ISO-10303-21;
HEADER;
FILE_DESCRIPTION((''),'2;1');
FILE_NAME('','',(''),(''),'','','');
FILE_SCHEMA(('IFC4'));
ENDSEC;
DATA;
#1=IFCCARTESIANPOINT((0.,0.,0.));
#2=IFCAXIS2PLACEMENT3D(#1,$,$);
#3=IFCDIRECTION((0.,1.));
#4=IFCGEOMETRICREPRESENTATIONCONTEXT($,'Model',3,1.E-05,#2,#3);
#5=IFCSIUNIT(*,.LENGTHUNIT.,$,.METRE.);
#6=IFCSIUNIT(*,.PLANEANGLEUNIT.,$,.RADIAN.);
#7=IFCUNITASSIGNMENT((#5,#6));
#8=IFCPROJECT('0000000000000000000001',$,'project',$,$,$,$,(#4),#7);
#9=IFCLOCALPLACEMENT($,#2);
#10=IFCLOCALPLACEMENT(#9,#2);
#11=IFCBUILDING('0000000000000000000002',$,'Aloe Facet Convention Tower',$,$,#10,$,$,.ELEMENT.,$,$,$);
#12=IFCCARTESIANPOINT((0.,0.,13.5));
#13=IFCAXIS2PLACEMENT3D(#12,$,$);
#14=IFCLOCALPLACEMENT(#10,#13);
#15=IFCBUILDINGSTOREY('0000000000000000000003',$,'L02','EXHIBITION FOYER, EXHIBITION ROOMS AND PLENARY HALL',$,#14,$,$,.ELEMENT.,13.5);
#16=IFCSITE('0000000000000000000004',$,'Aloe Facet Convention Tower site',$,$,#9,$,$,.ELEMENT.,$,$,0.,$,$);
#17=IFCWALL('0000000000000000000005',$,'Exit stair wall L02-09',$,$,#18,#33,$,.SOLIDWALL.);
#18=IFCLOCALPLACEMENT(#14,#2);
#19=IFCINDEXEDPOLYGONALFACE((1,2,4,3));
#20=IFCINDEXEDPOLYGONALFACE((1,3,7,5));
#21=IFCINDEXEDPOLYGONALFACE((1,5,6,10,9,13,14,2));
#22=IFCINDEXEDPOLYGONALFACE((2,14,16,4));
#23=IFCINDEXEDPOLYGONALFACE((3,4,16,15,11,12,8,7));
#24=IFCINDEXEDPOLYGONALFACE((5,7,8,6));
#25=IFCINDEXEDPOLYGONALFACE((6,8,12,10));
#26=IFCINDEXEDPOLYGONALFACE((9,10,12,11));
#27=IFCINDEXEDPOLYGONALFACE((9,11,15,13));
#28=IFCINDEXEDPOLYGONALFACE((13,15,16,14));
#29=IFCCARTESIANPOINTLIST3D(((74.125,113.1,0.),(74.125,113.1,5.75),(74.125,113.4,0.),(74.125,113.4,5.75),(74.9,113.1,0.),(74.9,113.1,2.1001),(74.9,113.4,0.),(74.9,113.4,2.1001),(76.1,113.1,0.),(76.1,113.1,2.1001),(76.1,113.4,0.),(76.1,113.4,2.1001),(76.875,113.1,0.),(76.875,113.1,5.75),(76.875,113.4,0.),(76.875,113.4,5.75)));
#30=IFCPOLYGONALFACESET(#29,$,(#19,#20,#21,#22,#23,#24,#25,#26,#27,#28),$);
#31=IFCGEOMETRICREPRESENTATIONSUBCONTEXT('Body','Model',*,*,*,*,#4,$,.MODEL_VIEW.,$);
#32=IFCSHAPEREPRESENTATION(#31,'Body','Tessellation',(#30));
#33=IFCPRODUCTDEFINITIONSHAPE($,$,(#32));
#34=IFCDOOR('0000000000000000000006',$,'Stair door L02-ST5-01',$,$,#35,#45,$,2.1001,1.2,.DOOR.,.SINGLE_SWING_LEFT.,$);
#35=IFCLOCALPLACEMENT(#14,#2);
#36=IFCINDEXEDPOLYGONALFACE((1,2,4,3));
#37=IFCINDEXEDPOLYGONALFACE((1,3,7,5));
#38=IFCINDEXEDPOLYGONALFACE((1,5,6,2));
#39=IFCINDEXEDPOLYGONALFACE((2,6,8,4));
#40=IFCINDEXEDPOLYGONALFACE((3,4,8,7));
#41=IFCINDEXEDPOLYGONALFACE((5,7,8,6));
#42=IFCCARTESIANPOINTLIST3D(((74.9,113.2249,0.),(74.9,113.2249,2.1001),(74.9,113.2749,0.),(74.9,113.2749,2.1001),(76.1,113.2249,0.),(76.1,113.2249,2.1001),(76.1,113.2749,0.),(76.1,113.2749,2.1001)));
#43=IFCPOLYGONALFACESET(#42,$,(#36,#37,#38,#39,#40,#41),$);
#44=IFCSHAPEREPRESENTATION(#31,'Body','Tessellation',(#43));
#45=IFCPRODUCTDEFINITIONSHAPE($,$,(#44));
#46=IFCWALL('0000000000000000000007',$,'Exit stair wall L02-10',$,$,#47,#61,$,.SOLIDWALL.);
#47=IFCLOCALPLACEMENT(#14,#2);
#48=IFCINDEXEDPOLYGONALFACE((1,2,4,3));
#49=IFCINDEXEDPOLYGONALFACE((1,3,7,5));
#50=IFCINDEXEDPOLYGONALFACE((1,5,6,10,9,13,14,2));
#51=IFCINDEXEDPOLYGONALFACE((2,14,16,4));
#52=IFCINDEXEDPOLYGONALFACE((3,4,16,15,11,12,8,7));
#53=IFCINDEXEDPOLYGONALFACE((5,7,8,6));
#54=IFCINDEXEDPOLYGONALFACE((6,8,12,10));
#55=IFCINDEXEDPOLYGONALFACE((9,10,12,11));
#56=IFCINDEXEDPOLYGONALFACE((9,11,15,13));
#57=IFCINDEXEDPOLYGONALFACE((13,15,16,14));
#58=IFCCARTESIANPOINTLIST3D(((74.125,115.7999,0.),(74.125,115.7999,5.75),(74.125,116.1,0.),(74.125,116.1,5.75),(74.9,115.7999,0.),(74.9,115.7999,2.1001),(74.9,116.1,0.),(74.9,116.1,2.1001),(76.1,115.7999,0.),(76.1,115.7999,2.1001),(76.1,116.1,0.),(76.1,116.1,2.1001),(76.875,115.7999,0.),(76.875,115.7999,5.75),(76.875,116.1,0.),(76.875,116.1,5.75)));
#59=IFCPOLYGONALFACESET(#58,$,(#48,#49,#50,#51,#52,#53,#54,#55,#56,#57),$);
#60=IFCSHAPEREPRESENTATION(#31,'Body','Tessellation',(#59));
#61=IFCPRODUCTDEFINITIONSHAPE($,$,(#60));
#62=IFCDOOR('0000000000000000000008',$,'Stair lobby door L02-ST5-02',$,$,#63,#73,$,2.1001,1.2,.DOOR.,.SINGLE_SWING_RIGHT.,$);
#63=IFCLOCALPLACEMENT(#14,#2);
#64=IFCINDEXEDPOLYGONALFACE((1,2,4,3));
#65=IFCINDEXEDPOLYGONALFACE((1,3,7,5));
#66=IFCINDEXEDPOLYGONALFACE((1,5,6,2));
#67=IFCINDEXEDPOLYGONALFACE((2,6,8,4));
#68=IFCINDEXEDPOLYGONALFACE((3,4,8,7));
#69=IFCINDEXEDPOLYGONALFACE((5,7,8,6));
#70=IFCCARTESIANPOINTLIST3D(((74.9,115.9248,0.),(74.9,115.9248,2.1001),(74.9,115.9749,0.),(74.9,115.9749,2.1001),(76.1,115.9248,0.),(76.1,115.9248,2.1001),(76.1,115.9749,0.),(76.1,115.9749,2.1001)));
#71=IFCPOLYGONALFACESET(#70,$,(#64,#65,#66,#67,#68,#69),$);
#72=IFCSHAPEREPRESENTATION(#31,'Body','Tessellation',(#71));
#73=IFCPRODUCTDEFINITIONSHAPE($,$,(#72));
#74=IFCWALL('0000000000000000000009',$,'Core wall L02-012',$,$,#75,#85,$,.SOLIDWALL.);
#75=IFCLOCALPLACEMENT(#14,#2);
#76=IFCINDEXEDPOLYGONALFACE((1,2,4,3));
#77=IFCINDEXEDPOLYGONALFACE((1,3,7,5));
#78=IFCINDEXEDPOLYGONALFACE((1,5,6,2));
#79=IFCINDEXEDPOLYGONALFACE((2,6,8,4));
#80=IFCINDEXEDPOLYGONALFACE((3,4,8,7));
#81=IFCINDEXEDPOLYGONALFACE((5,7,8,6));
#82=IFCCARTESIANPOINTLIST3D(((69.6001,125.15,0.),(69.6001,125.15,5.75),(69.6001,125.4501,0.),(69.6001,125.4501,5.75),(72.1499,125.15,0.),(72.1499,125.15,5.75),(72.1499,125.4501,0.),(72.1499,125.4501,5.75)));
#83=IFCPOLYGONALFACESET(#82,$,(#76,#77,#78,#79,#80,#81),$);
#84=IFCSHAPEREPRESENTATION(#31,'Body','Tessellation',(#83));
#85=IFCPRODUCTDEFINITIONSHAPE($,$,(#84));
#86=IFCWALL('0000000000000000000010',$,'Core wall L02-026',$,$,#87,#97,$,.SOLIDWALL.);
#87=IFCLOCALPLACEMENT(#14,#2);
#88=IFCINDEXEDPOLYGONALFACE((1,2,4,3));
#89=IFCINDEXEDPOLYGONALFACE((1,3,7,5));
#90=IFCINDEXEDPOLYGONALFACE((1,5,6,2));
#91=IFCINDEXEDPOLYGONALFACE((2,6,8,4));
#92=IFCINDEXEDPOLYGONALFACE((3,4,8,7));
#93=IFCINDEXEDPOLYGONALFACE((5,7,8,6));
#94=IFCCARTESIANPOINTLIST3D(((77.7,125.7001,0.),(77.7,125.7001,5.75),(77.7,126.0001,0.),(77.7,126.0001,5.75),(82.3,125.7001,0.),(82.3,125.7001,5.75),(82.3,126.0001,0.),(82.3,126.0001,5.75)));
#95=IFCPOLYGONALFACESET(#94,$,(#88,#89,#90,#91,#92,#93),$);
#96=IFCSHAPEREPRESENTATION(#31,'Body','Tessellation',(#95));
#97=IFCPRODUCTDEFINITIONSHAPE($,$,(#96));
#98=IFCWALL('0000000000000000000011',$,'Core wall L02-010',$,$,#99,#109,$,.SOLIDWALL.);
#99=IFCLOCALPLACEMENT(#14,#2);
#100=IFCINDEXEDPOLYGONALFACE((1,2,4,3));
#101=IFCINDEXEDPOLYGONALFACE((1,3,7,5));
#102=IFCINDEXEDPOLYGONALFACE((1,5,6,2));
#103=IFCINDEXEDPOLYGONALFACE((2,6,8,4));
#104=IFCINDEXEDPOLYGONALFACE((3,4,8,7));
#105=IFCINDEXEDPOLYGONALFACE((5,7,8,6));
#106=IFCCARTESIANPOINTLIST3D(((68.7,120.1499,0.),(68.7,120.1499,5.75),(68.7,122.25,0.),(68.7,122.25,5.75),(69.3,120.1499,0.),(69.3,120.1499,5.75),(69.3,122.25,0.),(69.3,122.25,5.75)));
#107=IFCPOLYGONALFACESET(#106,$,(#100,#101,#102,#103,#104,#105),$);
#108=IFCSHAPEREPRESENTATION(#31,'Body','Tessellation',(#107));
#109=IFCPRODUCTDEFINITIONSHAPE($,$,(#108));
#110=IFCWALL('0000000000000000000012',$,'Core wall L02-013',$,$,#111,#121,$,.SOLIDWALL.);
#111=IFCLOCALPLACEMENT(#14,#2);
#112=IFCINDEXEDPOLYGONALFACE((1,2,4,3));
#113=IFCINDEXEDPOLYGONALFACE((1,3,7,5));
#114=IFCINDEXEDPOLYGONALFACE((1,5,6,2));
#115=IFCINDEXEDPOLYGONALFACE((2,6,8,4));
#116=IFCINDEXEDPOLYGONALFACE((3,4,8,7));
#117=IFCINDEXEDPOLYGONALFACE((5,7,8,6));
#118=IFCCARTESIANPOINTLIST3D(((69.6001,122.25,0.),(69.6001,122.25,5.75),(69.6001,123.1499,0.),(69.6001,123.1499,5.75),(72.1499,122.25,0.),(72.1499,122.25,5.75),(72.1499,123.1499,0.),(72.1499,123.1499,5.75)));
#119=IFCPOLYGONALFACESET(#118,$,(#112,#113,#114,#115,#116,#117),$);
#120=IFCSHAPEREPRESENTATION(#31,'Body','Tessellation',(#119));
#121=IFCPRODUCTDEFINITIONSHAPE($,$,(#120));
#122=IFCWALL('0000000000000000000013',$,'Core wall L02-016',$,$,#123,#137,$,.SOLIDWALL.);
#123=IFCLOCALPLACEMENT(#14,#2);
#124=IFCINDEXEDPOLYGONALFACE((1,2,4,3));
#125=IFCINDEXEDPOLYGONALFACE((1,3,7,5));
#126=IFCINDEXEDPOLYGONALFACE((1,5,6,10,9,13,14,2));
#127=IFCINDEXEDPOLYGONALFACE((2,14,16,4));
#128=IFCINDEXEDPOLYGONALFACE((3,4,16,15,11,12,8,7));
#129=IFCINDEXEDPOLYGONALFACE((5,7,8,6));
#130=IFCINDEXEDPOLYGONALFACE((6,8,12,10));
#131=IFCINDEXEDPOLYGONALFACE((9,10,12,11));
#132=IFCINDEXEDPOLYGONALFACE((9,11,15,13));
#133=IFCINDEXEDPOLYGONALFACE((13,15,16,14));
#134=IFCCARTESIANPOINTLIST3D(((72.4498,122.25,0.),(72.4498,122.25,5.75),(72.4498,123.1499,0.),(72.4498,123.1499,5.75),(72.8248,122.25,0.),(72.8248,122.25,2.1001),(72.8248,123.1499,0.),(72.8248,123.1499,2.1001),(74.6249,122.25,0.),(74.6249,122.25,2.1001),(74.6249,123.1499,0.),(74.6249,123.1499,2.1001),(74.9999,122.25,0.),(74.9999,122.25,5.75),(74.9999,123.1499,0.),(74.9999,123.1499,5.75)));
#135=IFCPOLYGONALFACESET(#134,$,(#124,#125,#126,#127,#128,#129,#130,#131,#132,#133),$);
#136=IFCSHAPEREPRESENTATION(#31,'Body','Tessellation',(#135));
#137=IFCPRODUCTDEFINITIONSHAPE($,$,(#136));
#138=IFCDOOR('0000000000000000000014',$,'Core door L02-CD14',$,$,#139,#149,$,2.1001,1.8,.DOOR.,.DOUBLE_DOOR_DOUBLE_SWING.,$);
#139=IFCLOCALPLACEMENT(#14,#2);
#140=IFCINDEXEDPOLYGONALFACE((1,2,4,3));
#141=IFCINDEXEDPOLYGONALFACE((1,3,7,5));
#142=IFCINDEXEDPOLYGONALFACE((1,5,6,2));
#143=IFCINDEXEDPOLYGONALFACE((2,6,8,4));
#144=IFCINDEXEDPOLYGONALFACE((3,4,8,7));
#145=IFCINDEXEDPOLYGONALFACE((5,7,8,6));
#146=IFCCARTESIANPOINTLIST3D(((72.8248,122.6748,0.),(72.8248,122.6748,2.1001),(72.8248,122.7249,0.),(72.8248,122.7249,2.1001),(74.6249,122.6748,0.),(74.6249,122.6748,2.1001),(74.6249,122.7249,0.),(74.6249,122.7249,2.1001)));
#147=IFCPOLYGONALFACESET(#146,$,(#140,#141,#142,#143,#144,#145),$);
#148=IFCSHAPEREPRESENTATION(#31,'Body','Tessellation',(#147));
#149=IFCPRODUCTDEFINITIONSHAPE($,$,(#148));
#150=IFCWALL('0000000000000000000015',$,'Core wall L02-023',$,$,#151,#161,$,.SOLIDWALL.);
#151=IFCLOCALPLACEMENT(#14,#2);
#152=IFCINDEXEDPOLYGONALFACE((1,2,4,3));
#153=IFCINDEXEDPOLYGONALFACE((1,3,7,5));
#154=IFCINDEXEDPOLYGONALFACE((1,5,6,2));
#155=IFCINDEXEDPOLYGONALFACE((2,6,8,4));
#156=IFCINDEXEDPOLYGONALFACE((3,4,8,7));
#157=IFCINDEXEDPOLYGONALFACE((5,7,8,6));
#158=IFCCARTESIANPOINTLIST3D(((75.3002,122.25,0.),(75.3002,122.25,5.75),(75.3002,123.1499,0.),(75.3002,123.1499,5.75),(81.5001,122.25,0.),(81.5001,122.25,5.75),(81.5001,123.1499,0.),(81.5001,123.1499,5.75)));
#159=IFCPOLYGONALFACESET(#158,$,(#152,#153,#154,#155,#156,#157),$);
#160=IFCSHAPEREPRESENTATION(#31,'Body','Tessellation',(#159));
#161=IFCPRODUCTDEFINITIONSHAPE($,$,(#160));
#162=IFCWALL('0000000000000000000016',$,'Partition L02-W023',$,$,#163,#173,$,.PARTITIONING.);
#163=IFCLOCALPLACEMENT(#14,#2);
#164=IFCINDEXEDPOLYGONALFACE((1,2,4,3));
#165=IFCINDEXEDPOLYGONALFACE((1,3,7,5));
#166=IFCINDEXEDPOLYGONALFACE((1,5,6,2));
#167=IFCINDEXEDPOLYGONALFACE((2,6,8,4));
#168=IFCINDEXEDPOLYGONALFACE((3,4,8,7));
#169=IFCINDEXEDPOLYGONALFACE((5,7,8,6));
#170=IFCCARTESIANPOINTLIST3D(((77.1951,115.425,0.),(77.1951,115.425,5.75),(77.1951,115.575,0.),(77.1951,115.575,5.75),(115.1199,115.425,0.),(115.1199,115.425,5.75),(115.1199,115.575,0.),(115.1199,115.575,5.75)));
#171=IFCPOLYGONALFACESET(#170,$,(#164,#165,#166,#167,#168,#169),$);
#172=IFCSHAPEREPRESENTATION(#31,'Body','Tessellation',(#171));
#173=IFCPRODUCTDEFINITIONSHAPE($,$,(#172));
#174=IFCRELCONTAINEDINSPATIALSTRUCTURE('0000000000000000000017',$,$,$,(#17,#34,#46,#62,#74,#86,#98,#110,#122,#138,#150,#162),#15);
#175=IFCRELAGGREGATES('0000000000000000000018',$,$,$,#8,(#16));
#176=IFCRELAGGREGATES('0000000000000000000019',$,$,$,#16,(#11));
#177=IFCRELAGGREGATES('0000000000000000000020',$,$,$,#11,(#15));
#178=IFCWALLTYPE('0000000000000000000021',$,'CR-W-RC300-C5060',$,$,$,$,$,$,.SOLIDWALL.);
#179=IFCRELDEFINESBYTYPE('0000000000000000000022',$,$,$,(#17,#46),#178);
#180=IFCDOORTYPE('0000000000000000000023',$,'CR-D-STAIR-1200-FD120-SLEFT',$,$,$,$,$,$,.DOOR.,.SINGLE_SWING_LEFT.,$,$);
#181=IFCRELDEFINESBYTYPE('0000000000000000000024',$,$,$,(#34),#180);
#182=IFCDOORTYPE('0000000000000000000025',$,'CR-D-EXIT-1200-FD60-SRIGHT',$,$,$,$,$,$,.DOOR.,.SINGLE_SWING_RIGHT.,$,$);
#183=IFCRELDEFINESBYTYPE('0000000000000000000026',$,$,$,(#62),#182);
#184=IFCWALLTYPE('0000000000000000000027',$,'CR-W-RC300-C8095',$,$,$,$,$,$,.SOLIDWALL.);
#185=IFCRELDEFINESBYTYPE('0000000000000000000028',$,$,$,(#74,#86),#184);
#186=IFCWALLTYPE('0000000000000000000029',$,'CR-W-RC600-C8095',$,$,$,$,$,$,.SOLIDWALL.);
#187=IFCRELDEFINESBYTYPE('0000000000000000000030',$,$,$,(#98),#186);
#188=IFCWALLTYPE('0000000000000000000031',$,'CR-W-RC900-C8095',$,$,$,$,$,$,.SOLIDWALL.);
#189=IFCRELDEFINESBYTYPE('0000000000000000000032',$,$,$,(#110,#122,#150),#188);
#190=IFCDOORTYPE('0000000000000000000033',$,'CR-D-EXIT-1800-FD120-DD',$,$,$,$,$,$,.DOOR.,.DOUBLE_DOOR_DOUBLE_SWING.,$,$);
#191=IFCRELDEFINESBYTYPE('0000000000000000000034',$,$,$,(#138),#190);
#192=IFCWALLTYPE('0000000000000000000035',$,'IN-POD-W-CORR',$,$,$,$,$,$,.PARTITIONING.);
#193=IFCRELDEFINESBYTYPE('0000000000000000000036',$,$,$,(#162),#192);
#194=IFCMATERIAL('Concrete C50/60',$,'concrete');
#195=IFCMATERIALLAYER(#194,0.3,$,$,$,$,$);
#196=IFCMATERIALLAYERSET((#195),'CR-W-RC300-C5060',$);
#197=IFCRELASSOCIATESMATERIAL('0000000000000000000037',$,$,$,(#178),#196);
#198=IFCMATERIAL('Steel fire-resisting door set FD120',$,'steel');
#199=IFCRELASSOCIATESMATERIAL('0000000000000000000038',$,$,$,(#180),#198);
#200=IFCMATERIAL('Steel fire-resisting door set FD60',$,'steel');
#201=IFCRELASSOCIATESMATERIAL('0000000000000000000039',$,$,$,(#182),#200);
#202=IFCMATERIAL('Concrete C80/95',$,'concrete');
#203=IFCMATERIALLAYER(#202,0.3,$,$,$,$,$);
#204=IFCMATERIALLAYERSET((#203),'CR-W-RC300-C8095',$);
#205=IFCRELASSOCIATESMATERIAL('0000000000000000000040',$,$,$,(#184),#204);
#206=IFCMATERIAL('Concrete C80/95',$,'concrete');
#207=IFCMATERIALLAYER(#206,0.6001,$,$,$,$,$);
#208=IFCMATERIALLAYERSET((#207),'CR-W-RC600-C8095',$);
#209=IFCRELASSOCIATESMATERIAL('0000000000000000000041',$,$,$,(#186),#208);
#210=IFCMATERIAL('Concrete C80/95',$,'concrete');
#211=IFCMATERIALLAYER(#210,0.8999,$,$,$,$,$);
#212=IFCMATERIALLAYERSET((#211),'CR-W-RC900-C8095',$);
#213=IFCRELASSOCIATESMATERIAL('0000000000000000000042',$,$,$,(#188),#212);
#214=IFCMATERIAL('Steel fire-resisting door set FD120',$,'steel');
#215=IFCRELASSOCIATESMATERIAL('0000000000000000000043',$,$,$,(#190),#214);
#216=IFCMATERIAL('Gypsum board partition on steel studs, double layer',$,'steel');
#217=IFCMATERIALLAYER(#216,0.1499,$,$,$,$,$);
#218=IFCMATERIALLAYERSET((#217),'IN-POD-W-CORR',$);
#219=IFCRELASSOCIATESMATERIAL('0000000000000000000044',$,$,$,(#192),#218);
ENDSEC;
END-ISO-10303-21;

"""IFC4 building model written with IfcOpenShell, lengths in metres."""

from ifc_helpers import new_model, si_unit, direction, frame, frame_2d, origin, place, context, subcontext, project, spatial, rectangle, extrude, material, layer, layer_set, type_object, element, fill, save


model = new_model("IFC4")

# Units and contexts
model_context = context("Model", 3, precision=1e-05, world=origin(), true_north=direction((0.0, 1.0)))
body_context = subcontext(model_context, "Body", "Model", "MODEL_VIEW")
ifc_project = project(units=[si_unit("LENGTHUNIT", "METRE"), si_unit("PLANEANGLEUNIT", "RADIAN")], contexts=[model_context])

# Site, building, storey
site_placement = place(None, origin())
site = spatial("IfcSite", under=ifc_project, at=site_placement, Name="Aloe Facet Convention Tower site", CompositionType="ELEMENT", RefElevation=0.0)
building_placement = place(site_placement, origin())
building = spatial("IfcBuilding", under=site, at=building_placement, Name="Aloe Facet Convention Tower", CompositionType="ELEMENT")
storey_placement = place(building_placement, frame((0.0, 0.0, 13.5)))
storey = spatial("IfcBuildingStorey", under=building, at=storey_placement, Name="L02", Description="EXHIBITION FOYER, EXHIBITION ROOMS AND PLENARY HALL", CompositionType="ELEMENT", Elevation=13.5)

# Walls, openings, doors
ifc_material_1 = material(Name="Concrete C50/60", Category="concrete")
ifc_layer_1 = layer(ifc_material_1, 0.3)
ifc_layer_set_1 = layer_set([ifc_layer_1], Name="CR-W-RC300-C5060")
wall_type_1 = type_object("IfcWallType", Name="CR-W-RC300-C5060", PredefinedType="SOLIDWALL", material=ifc_layer_set_1)
wall_1_placement = place(storey_placement, frame((74.125, 113.25, 0.0), z_axis=(0.0, 0.0, 1.0), x_axis=(1.0, 0.0, 0.0)))
wall_1 = element("IfcWall", 1, at=wall_1_placement, inside=storey, type_object=wall_type_1, Name="Exit stair wall L02-09", PredefinedType="SOLIDWALL", context=body_context, shape_type="SweptSolid", body=[
    extrude(rectangle(XDim=2.75, YDim=0.3, at=frame_2d((1.375, 0.0))), origin(), (0.0, 0.0, 1.0), 5.75),
])
opening_1_placement = place(wall_1_placement, frame((0.7749, 0.0, 0.0)))
opening_1 = element("IfcOpeningElement", 2, at=opening_1_placement, cuts=wall_1, PredefinedType="OPENING", context=body_context, shape_type="SweptSolid", body=[
    extrude(rectangle(XDim=1.2, YDim=2.1001, at=frame_2d((0.6001, 1.05))), frame((0.0, 0.1602, 0.0), z_axis=(0.0, -1.0, 0.0), x_axis=(1.0, 0.0, 0.0)), (0.0, 0.0, 1.0), 0.3201),
])
ifc_material_2 = material(Name="Steel fire-resisting door set FD120", Category="steel")
door_type_1 = type_object("IfcDoorType", Name="CR-D-STAIR-1200-FD120-SLEFT", OperationType="SINGLE_SWING_LEFT", PredefinedType="DOOR", material=ifc_material_2)
door_1_placement = place(opening_1_placement, origin())
door_1 = element("IfcDoor", 3, at=door_1_placement, inside=storey, type_object=door_type_1, Name="Stair door L02-ST5-01", OperationType="SINGLE_SWING_LEFT", OverallHeight=2.1001, OverallWidth=1.2, PredefinedType="DOOR", context=body_context, shape_type="SweptSolid", body=[
    extrude(rectangle(XDim=1.2, YDim=2.1001, at=frame_2d((0.6001, 1.05))), frame((0.0, 0.0249, 0.0), z_axis=(0.0, -1.0, 0.0), x_axis=(1.0, 0.0, 0.0)), (0.0, 0.0, 1.0), 0.05),
])
fill(opening_1, door_1)
wall_2_placement = place(storey_placement, frame((74.125, 115.95, 0.0), z_axis=(0.0, 0.0, 1.0), x_axis=(1.0, 0.0, 0.0)))
wall_2 = element("IfcWall", 4, at=wall_2_placement, inside=storey, type_object=wall_type_1, Name="Exit stair wall L02-10", PredefinedType="SOLIDWALL", context=body_context, shape_type="SweptSolid", body=[
    extrude(rectangle(XDim=2.75, YDim=0.3, at=frame_2d((1.375, 0.0))), origin(), (0.0, 0.0, 1.0), 5.75),
])
opening_2_placement = place(wall_2_placement, frame((0.7749, 0.0, 0.0)))
opening_2 = element("IfcOpeningElement", 5, at=opening_2_placement, cuts=wall_2, PredefinedType="OPENING", context=body_context, shape_type="SweptSolid", body=[
    extrude(rectangle(XDim=1.2, YDim=2.1001, at=frame_2d((0.6001, 1.05))), frame((0.0, 0.1602, 0.0), z_axis=(0.0, -1.0, 0.0), x_axis=(1.0, 0.0, 0.0)), (0.0, 0.0, 1.0), 0.3201),
])
ifc_material_3 = material(Name="Steel fire-resisting door set FD60", Category="steel")
door_type_2 = type_object("IfcDoorType", Name="CR-D-EXIT-1200-FD60-SRIGHT", OperationType="SINGLE_SWING_RIGHT", PredefinedType="DOOR", material=ifc_material_3)
door_2_placement = place(opening_2_placement, origin())
door_2 = element("IfcDoor", 6, at=door_2_placement, inside=storey, type_object=door_type_2, Name="Stair lobby door L02-ST5-02", OperationType="SINGLE_SWING_RIGHT", OverallHeight=2.1001, OverallWidth=1.2, PredefinedType="DOOR", context=body_context, shape_type="SweptSolid", body=[
    extrude(rectangle(XDim=1.2, YDim=2.1001, at=frame_2d((0.6001, 1.05))), frame((0.0, 0.0249, 0.0), z_axis=(0.0, -1.0, 0.0), x_axis=(1.0, 0.0, 0.0)), (0.0, 0.0, 1.0), 0.05),
])
fill(opening_2, door_2)

# Walls
ifc_material_4 = material(Name="Concrete C80/95", Category="concrete")
ifc_layer_2 = layer(ifc_material_4, 0.3)
ifc_layer_set_2 = layer_set([ifc_layer_2], Name="CR-W-RC300-C8095")
wall_type_2 = type_object("IfcWallType", Name="CR-W-RC300-C8095", PredefinedType="SOLIDWALL", material=ifc_layer_set_2)
wall_3_placement = place(storey_placement, frame((69.6001, 125.3, 0.0), z_axis=(0.0, 0.0, 1.0), x_axis=(1.0, 0.0, 0.0)))
element("IfcWall", 7, at=wall_3_placement, inside=storey, type_object=wall_type_2, Name="Core wall L02-012", PredefinedType="SOLIDWALL", context=body_context, shape_type="SweptSolid", body=[
    extrude(rectangle(XDim=2.5498, YDim=0.3, at=frame_2d((1.2749, 0.0))), origin(), (0.0, 0.0, 1.0), 5.75),
])
wall_4_placement = place(storey_placement, frame((77.7, 125.8501, 0.0), z_axis=(0.0, 0.0, 1.0), x_axis=(1.0, 0.0, 0.0)))
element("IfcWall", 8, at=wall_4_placement, inside=storey, type_object=wall_type_2, Name="Core wall L02-026", PredefinedType="SOLIDWALL", context=body_context, shape_type="SweptSolid", body=[
    extrude(rectangle(XDim=4.6001, YDim=0.3, at=frame_2d((2.3, 0.0))), origin(), (0.0, 0.0, 1.0), 5.75),
])
ifc_material_5 = material(Name="Concrete C80/95", Category="concrete")
ifc_layer_3 = layer(ifc_material_5, 0.6001)
ifc_layer_set_3 = layer_set([ifc_layer_3], Name="CR-W-RC600-C8095")
wall_type_3 = type_object("IfcWallType", Name="CR-W-RC600-C8095", PredefinedType="SOLIDWALL", material=ifc_layer_set_3)
wall_5_placement = place(storey_placement, frame((69.0, 122.25, 0.0), z_axis=(0.0, 0.0, 1.0), x_axis=(0.0, -1.0, 0.0)))
element("IfcWall", 9, at=wall_5_placement, inside=storey, type_object=wall_type_3, Name="Core wall L02-010", PredefinedType="SOLIDWALL", context=body_context, shape_type="SweptSolid", body=[
    extrude(rectangle(XDim=2.1001, YDim=0.6001, at=frame_2d((1.05, 0.0))), origin(), (0.0, 0.0, 1.0), 5.75),
])
ifc_material_6 = material(Name="Concrete C80/95", Category="concrete")
ifc_layer_4 = layer(ifc_material_6, 0.8999)
ifc_layer_set_4 = layer_set([ifc_layer_4], Name="CR-W-RC900-C8095")
wall_type_4 = type_object("IfcWallType", Name="CR-W-RC900-C8095", PredefinedType="SOLIDWALL", material=ifc_layer_set_4)
wall_6_placement = place(storey_placement, frame((69.6001, 122.7, 0.0), z_axis=(0.0, 0.0, 1.0), x_axis=(1.0, 0.0, 0.0)))
element("IfcWall", 10, at=wall_6_placement, inside=storey, type_object=wall_type_4, Name="Core wall L02-013", PredefinedType="SOLIDWALL", context=body_context, shape_type="SweptSolid", body=[
    extrude(rectangle(XDim=2.5498, YDim=0.8999, at=frame_2d((1.2749, 0.0))), origin(), (0.0, 0.0, 1.0), 5.75),
])

# Wall, opening, door
wall_7_placement = place(storey_placement, frame((72.45, 122.7, 0.0), z_axis=(0.0, 0.0, 1.0), x_axis=(1.0, 0.0, 0.0)))
wall_7 = element("IfcWall", 11, at=wall_7_placement, inside=storey, type_object=wall_type_4, Name="Core wall L02-016", PredefinedType="SOLIDWALL", context=body_context, shape_type="SweptSolid", body=[
    extrude(rectangle(XDim=2.55, YDim=0.8999, at=frame_2d((1.2749, 0.0))), origin(), (0.0, 0.0, 1.0), 5.75),
])
opening_3_placement = place(wall_7_placement, frame((0.375, 0.0, 0.0)))
opening_3 = element("IfcOpeningElement", 12, at=opening_3_placement, cuts=wall_7, PredefinedType="OPENING", context=body_context, shape_type="SweptSolid", body=[
    extrude(rectangle(XDim=1.8, YDim=2.1001, at=frame_2d((0.8999, 1.05))), frame((0.0, 0.46, 0.0), z_axis=(0.0, -1.0, 0.0), x_axis=(1.0, 0.0, 0.0)), (0.0, 0.0, 1.0), 0.9199),
])
ifc_material_7 = material(Name="Steel fire-resisting door set FD120", Category="steel")
door_type_3 = type_object("IfcDoorType", Name="CR-D-EXIT-1800-FD120-DD", OperationType="DOUBLE_DOOR_DOUBLE_SWING", PredefinedType="DOOR", material=ifc_material_7)
door_3_placement = place(opening_3_placement, origin())
door_3 = element("IfcDoor", 13, at=door_3_placement, inside=storey, type_object=door_type_3, Name="Core door L02-CD14", OperationType="DOUBLE_DOOR_DOUBLE_SWING", OverallHeight=2.1001, OverallWidth=1.8, PredefinedType="DOOR", context=body_context, shape_type="SweptSolid", body=[
    extrude(rectangle(XDim=1.8, YDim=2.1001, at=frame_2d((0.8999, 1.05))), frame((0.0, 0.0249, 0.0), z_axis=(0.0, -1.0, 0.0), x_axis=(1.0, 0.0, 0.0)), (0.0, 0.0, 1.0), 0.05),
])
fill(opening_3, door_3)

# Walls
wall_8_placement = place(storey_placement, frame((75.3, 122.7, 0.0), z_axis=(0.0, 0.0, 1.0), x_axis=(1.0, 0.0, 0.0)))
element("IfcWall", 14, at=wall_8_placement, inside=storey, type_object=wall_type_4, Name="Core wall L02-023", PredefinedType="SOLIDWALL", context=body_context, shape_type="SweptSolid", body=[
    extrude(rectangle(XDim=6.2, YDim=0.8999, at=frame_2d((3.1001, 0.0))), origin(), (0.0, 0.0, 1.0), 5.75),
])
ifc_material_8 = material(Name="Gypsum board partition on steel studs, double layer", Category="steel")
ifc_layer_5 = layer(ifc_material_8, 0.1499)
ifc_layer_set_5 = layer_set([ifc_layer_5], Name="IN-POD-W-CORR")
wall_type_5 = type_object("IfcWallType", Name="IN-POD-W-CORR", PredefinedType="PARTITIONING", material=ifc_layer_set_5)
wall_9_placement = place(storey_placement, frame((77.1951, 115.5, 0.0), z_axis=(0.0, 0.0, 1.0), x_axis=(1.0, 0.0, 0.0)))
element("IfcWall", 15, at=wall_9_placement, inside=storey, type_object=wall_type_5, Name="Partition L02-W023", PredefinedType="PARTITIONING", context=body_context, shape_type="SweptSolid", body=[
    extrude(rectangle(XDim=37.9248, YDim=0.1499, at=frame_2d((18.9624, 0.0))), origin(), (0.0, 0.0, 1.0), 5.75),
])

save(model, "model.ifc")
